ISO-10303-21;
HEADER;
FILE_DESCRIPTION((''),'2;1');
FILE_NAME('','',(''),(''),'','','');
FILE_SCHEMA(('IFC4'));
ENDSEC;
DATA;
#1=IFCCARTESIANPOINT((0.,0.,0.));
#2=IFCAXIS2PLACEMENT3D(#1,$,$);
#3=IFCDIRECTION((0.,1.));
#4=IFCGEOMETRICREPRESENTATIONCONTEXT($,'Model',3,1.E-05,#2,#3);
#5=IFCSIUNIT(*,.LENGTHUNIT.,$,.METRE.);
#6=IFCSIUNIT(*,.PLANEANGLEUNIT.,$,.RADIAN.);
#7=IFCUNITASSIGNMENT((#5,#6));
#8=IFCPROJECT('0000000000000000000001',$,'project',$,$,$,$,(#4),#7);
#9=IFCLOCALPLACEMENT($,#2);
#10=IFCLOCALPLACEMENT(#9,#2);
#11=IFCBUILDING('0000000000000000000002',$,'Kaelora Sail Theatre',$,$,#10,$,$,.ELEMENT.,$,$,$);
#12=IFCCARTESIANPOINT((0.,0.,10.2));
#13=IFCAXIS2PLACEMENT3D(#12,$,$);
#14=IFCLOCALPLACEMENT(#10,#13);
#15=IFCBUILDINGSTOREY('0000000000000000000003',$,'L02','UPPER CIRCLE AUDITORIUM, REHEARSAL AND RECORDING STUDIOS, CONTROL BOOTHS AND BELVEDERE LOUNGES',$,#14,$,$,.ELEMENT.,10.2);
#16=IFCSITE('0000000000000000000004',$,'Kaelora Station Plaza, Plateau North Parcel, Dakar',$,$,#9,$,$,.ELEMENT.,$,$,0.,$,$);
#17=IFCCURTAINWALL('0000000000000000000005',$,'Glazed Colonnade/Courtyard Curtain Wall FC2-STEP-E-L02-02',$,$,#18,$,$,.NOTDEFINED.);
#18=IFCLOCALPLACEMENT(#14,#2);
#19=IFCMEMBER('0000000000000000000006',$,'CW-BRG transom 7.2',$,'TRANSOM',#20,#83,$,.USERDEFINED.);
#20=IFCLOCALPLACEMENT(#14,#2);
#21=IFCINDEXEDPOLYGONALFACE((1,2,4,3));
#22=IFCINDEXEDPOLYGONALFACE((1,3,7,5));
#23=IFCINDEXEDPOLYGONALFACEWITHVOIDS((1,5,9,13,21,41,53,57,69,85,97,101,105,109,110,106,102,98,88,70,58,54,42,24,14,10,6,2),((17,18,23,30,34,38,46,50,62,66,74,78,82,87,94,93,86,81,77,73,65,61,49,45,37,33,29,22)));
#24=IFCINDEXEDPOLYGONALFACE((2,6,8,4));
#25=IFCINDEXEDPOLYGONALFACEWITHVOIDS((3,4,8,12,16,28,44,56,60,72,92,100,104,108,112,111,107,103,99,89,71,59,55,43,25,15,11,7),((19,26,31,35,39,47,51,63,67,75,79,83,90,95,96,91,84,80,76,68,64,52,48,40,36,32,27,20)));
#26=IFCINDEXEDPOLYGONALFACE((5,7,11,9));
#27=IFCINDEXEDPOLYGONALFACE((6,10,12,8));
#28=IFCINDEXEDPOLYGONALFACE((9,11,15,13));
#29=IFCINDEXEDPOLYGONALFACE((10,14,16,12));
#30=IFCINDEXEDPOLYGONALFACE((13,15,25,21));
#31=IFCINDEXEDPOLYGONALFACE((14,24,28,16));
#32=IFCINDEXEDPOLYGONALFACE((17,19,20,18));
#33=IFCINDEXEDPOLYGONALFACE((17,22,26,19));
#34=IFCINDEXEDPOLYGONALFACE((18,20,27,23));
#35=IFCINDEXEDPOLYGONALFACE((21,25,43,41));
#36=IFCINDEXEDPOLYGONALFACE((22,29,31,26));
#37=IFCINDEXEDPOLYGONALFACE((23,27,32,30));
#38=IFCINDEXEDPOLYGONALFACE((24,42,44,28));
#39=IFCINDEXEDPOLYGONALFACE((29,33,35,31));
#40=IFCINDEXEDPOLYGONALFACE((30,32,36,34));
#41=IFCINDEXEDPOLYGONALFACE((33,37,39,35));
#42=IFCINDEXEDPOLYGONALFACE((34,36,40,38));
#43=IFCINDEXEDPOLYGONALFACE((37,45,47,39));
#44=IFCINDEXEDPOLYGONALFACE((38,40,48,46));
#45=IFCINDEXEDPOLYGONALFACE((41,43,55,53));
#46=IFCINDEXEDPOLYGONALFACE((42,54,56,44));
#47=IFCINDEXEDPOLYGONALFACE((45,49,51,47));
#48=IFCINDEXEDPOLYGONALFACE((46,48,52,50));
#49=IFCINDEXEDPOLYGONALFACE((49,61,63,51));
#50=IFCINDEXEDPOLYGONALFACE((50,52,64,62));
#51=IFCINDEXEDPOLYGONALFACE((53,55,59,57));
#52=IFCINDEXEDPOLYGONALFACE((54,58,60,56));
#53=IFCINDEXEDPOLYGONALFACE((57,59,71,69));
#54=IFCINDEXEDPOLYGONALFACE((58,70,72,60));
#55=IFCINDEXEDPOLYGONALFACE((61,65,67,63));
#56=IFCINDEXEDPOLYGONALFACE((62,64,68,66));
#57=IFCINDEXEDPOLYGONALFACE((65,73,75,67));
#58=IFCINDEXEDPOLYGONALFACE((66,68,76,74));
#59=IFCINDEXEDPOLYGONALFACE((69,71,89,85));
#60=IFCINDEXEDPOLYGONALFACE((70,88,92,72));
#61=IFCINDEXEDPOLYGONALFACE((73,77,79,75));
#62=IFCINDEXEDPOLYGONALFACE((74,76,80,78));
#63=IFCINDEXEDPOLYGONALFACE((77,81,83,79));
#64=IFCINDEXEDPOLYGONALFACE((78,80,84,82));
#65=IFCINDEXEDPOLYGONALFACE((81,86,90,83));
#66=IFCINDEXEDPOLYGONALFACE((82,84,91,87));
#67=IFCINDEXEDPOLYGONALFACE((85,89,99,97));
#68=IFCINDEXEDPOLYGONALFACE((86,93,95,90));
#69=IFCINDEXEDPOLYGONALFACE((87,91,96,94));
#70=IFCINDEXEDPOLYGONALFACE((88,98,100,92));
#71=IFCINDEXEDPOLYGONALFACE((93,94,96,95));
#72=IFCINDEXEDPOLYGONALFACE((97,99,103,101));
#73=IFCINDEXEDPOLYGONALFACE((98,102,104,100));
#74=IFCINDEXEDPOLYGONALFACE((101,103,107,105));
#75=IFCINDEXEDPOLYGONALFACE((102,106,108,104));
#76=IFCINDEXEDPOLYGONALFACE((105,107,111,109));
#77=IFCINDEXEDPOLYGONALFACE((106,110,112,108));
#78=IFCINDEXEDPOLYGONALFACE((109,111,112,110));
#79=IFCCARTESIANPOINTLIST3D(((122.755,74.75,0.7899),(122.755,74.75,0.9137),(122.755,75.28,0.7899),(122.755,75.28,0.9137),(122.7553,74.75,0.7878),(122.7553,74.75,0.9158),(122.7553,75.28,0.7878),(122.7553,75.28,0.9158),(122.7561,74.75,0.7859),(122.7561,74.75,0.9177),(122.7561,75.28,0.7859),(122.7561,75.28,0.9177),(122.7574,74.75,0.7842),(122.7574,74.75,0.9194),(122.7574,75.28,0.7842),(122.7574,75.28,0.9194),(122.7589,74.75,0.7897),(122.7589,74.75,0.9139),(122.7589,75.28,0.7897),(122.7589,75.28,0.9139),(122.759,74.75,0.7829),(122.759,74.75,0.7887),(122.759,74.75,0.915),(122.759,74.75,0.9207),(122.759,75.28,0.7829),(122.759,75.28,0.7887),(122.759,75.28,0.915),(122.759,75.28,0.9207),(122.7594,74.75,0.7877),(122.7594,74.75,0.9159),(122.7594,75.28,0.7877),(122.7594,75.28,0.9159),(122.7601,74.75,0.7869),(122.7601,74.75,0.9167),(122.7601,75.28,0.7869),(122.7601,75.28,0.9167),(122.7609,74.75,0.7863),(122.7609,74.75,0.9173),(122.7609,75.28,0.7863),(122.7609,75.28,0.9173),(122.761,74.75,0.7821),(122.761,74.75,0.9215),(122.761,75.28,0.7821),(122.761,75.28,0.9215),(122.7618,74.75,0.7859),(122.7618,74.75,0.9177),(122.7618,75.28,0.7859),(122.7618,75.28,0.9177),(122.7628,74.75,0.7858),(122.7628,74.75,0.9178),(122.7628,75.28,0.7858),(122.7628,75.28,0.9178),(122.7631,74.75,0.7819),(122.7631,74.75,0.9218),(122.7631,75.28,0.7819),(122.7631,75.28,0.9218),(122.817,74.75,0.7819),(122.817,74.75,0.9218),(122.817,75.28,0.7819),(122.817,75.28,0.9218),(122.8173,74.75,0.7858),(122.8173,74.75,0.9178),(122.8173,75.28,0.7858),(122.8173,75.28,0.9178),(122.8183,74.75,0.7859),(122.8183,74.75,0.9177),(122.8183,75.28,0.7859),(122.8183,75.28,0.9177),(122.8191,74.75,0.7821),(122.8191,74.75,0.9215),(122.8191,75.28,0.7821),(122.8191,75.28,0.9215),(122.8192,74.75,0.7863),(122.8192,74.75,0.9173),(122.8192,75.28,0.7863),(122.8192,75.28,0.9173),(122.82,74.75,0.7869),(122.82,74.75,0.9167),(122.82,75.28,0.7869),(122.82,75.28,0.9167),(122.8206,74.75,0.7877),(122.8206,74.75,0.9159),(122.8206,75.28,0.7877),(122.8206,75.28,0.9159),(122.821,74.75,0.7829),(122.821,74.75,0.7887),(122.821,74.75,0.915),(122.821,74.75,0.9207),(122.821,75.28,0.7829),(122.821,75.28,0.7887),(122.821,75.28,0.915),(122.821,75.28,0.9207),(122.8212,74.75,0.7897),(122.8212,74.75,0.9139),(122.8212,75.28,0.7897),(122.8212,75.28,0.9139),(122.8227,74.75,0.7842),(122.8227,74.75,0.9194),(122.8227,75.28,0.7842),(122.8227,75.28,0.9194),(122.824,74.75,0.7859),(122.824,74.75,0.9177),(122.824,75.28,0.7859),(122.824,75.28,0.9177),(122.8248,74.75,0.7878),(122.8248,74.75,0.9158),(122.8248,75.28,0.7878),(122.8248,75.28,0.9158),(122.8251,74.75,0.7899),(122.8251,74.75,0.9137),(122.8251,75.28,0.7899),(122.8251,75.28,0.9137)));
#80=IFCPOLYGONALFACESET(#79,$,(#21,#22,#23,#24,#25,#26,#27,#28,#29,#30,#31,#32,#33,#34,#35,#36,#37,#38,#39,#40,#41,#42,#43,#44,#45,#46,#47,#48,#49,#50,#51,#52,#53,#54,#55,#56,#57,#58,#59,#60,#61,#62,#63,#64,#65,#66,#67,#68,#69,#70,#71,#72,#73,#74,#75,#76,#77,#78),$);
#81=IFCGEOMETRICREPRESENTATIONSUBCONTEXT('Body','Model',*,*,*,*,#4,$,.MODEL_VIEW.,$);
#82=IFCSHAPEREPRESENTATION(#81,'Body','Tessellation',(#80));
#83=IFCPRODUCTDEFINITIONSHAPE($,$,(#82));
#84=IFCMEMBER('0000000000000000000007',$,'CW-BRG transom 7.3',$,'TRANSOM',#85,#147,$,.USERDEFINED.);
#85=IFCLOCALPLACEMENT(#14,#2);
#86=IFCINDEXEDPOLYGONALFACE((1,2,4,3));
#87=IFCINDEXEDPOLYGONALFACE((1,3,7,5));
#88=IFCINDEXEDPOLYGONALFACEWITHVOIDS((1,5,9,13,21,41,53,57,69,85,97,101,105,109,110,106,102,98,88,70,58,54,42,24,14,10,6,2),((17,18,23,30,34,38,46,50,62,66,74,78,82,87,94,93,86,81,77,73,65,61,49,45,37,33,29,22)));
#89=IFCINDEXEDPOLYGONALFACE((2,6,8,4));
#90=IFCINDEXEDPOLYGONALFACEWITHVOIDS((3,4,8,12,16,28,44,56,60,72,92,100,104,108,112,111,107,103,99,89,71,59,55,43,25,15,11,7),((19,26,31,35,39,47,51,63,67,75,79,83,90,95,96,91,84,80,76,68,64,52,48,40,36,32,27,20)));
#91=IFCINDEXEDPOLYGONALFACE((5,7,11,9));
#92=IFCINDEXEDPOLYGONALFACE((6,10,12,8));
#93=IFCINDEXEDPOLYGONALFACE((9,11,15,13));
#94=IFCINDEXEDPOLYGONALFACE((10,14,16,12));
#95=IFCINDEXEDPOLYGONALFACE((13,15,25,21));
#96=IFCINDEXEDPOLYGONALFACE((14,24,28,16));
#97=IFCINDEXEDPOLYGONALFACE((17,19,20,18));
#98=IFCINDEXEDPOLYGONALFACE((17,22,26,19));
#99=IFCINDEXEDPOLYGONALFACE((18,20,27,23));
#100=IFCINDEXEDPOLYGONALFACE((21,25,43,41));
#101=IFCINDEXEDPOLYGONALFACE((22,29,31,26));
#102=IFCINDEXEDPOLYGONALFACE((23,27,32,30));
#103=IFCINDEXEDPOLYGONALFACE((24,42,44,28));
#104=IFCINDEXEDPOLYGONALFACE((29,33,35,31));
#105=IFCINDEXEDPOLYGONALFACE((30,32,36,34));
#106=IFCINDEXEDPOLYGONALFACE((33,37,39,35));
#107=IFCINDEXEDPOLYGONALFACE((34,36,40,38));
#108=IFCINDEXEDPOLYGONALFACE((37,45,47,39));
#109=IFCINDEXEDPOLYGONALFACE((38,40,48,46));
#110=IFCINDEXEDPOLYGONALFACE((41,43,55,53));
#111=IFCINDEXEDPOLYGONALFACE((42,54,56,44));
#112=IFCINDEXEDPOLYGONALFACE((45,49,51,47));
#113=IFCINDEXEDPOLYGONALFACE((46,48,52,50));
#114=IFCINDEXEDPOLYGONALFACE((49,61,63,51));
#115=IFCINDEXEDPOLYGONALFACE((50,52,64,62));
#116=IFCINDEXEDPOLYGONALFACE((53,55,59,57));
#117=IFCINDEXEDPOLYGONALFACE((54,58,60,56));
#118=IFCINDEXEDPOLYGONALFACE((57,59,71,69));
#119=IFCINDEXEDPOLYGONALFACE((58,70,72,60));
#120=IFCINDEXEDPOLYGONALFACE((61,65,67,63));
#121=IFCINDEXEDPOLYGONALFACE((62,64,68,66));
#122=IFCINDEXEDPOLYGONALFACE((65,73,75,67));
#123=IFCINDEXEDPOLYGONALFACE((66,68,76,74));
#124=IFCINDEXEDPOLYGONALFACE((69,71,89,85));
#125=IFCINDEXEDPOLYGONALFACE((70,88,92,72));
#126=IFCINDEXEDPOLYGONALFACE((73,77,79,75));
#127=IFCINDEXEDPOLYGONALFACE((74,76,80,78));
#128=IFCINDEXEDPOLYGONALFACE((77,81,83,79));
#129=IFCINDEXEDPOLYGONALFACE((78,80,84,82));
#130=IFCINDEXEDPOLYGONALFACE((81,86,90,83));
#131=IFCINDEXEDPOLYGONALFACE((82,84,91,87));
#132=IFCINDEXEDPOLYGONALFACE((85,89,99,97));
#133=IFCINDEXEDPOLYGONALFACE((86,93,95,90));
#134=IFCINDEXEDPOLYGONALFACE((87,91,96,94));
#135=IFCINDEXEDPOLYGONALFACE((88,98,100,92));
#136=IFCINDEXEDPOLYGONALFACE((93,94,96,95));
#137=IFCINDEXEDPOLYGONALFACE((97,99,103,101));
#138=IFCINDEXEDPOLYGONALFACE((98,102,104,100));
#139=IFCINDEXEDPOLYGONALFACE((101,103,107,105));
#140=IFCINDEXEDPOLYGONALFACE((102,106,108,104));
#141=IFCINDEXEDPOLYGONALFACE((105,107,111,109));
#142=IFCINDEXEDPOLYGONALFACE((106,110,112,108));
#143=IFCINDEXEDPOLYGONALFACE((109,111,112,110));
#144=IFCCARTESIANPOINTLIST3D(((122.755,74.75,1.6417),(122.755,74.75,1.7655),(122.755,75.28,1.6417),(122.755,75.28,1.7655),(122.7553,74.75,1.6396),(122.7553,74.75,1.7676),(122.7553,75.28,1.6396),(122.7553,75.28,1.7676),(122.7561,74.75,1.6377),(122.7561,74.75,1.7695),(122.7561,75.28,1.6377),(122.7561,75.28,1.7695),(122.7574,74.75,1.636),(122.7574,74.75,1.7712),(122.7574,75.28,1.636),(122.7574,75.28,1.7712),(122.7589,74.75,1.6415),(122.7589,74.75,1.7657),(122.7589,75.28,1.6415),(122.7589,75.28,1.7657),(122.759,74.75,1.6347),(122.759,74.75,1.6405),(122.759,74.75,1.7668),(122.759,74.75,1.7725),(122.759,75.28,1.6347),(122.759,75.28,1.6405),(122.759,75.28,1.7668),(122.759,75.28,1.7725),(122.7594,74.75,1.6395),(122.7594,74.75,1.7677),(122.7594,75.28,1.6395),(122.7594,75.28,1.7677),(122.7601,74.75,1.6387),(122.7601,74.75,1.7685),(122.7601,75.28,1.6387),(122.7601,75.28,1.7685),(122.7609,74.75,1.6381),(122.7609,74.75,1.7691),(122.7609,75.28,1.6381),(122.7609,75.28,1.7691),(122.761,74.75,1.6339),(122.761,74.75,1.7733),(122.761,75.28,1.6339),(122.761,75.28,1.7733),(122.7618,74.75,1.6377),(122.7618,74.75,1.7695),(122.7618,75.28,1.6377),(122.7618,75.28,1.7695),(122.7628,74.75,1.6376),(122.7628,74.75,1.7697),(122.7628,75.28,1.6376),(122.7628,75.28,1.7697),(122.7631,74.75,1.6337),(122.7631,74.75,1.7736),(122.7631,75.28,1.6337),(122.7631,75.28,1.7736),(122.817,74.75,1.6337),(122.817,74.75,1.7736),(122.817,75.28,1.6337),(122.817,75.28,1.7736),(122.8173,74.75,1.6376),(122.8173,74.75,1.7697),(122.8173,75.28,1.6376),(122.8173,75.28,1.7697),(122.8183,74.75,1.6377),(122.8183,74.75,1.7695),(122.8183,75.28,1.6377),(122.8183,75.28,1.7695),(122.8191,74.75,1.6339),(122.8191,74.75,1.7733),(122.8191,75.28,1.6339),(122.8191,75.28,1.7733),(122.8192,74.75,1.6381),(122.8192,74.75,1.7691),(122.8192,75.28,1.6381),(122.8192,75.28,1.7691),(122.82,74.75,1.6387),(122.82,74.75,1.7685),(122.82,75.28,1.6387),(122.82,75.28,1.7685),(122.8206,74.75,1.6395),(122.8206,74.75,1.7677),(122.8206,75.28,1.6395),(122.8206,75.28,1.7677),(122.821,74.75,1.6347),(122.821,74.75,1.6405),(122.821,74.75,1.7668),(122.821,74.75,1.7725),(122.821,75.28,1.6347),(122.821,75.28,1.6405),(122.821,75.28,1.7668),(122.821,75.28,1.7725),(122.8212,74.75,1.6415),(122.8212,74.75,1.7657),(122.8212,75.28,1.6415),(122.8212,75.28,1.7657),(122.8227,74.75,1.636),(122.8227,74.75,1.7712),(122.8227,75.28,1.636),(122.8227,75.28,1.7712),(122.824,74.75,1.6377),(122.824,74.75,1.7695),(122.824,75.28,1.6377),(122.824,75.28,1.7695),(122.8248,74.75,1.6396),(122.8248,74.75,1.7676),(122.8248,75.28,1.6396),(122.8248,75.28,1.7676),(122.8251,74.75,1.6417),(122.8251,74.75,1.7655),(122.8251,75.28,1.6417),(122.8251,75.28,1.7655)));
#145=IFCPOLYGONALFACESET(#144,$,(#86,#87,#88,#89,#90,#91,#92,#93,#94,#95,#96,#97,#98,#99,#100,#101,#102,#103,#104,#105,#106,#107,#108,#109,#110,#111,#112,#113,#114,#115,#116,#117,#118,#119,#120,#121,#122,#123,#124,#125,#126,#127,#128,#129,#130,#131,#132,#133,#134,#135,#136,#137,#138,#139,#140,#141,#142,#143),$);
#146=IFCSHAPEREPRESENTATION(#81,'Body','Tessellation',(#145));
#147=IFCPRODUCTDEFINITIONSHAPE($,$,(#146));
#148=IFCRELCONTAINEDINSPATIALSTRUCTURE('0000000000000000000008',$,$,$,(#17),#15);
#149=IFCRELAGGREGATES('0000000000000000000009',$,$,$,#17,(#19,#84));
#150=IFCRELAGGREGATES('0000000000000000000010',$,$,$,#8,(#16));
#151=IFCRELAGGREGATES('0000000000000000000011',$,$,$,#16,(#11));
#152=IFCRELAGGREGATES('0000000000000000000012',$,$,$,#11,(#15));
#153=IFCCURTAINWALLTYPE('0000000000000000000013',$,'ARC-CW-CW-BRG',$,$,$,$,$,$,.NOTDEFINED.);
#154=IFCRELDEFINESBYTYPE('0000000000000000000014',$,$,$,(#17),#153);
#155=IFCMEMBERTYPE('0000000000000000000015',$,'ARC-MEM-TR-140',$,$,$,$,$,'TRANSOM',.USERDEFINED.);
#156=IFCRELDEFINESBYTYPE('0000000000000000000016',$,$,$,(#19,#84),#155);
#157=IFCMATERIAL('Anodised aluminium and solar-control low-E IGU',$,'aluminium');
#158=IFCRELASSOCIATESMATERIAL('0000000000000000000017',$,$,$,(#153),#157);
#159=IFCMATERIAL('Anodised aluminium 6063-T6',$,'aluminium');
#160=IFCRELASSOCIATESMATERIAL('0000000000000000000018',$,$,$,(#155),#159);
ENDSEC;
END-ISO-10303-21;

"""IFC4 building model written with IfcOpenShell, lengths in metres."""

from ifc_helpers import new_model, si_unit, direction, frame, origin, origin_2d, place, context, subcontext, project, spatial, hollow_rectangle, extrude, material, material_profile, profile_set, type_object, element, aggregate, save


model = new_model("IFC4")

# Units and contexts
model_context = context("Model", 3, precision=1e-05, world=origin(), true_north=direction((0.0, 1.0)))
body_context = subcontext(model_context, "Body", "Model", "MODEL_VIEW")
ifc_project = project(units=[si_unit("LENGTHUNIT", "METRE"), si_unit("PLANEANGLEUNIT", "RADIAN")], contexts=[model_context])

# Site, building, storey
site_placement = place(None, origin())
site = spatial("IfcSite", under=ifc_project, at=site_placement, Name="Kaelora Station Plaza, Plateau North Parcel, Dakar", CompositionType="ELEMENT", RefElevation=0.0)
building_placement = place(site_placement, origin())
building = spatial("IfcBuilding", under=site, at=building_placement, Name="Kaelora Sail Theatre", CompositionType="ELEMENT")
storey_placement = place(building_placement, frame((0.0, 0.0, 10.2)))
storey = spatial("IfcBuildingStorey", under=building, at=storey_placement, Name="L02", Description="UPPER CIRCLE AUDITORIUM, REHEARSAL AND RECORDING STUDIOS, CONTROL BOOTHS AND BELVEDERE LOUNGES", CompositionType="ELEMENT", Elevation=10.2)

# Curtain wall
ifc_material_1 = material(Name="Anodised aluminium and solar-control low-E IGU", Category="aluminium")
curtain_wall_type = type_object("IfcCurtainWallType", Name="ARC-CW-CW-BRG", PredefinedType="NOTDEFINED", material=ifc_material_1)
curtain_wall_1_placement = place(storey_placement, origin())
curtain_wall_1 = element("IfcCurtainWall", 1, at=curtain_wall_1_placement, inside=storey, type_object=curtain_wall_type, Name="Glazed Colonnade/Courtyard Curtain Wall FC2-STEP-E-L02-02", PredefinedType="NOTDEFINED")

# Members
ifc_material_2 = material(Name="Anodised aluminium 6063-T6", Category="aluminium")
ifc_material_profile_1 = material_profile(ifc_material_2, hollow_rectangle(XDim=0.0701, YDim=0.1399, WallThickness=0.0039, InnerFilletRadius=0.0039, OuterFilletRadius=0.0081, at=origin_2d()), Name="ALU-TRAN 70x140x4")
ifc_profile_set_1 = profile_set([ifc_material_profile_1], Name="Anodised aluminium 6063-T6")
member_type_1 = type_object("IfcMemberType", Name="ARC-MEM-TR-140", ElementType="TRANSOM", PredefinedType="USERDEFINED", material=ifc_profile_set_1)
member_1_placement = place(storey_placement, frame((122.79, 74.75, 0.8518), z_axis=(0.0, 1.0, 0.0), x_axis=(-1.0, 0.0, 0.0)))
member_1 = element("IfcMember", 2, at=member_1_placement, type_object=member_type_1, Name="CW-BRG transom 7.2", ObjectType="TRANSOM", PredefinedType="USERDEFINED", context=body_context, shape_type="SweptSolid", body=[
    extrude(hollow_rectangle(XDim=0.0701, YDim=0.1399, WallThickness=0.0039, InnerFilletRadius=0.0039, OuterFilletRadius=0.0081, at=origin_2d()), origin(), (0.0, 0.0, 1.0), 0.53),
])
member_2_placement = place(storey_placement, frame((122.79, 74.75, 1.7036), z_axis=(0.0, 1.0, 0.0), x_axis=(-1.0, 0.0, 0.0)))
member_2 = element("IfcMember", 3, at=member_2_placement, type_object=member_type_1, Name="CW-BRG transom 7.3", ObjectType="TRANSOM", PredefinedType="USERDEFINED", context=body_context, shape_type="SweptSolid", body=[
    extrude(hollow_rectangle(XDim=0.0701, YDim=0.1399, WallThickness=0.0039, InnerFilletRadius=0.0039, OuterFilletRadius=0.0081, at=origin_2d()), origin(), (0.0, 0.0, 1.0), 0.53),
])

aggregate(curtain_wall_1, [member_1, member_2])

save(model, "model.ifc")
